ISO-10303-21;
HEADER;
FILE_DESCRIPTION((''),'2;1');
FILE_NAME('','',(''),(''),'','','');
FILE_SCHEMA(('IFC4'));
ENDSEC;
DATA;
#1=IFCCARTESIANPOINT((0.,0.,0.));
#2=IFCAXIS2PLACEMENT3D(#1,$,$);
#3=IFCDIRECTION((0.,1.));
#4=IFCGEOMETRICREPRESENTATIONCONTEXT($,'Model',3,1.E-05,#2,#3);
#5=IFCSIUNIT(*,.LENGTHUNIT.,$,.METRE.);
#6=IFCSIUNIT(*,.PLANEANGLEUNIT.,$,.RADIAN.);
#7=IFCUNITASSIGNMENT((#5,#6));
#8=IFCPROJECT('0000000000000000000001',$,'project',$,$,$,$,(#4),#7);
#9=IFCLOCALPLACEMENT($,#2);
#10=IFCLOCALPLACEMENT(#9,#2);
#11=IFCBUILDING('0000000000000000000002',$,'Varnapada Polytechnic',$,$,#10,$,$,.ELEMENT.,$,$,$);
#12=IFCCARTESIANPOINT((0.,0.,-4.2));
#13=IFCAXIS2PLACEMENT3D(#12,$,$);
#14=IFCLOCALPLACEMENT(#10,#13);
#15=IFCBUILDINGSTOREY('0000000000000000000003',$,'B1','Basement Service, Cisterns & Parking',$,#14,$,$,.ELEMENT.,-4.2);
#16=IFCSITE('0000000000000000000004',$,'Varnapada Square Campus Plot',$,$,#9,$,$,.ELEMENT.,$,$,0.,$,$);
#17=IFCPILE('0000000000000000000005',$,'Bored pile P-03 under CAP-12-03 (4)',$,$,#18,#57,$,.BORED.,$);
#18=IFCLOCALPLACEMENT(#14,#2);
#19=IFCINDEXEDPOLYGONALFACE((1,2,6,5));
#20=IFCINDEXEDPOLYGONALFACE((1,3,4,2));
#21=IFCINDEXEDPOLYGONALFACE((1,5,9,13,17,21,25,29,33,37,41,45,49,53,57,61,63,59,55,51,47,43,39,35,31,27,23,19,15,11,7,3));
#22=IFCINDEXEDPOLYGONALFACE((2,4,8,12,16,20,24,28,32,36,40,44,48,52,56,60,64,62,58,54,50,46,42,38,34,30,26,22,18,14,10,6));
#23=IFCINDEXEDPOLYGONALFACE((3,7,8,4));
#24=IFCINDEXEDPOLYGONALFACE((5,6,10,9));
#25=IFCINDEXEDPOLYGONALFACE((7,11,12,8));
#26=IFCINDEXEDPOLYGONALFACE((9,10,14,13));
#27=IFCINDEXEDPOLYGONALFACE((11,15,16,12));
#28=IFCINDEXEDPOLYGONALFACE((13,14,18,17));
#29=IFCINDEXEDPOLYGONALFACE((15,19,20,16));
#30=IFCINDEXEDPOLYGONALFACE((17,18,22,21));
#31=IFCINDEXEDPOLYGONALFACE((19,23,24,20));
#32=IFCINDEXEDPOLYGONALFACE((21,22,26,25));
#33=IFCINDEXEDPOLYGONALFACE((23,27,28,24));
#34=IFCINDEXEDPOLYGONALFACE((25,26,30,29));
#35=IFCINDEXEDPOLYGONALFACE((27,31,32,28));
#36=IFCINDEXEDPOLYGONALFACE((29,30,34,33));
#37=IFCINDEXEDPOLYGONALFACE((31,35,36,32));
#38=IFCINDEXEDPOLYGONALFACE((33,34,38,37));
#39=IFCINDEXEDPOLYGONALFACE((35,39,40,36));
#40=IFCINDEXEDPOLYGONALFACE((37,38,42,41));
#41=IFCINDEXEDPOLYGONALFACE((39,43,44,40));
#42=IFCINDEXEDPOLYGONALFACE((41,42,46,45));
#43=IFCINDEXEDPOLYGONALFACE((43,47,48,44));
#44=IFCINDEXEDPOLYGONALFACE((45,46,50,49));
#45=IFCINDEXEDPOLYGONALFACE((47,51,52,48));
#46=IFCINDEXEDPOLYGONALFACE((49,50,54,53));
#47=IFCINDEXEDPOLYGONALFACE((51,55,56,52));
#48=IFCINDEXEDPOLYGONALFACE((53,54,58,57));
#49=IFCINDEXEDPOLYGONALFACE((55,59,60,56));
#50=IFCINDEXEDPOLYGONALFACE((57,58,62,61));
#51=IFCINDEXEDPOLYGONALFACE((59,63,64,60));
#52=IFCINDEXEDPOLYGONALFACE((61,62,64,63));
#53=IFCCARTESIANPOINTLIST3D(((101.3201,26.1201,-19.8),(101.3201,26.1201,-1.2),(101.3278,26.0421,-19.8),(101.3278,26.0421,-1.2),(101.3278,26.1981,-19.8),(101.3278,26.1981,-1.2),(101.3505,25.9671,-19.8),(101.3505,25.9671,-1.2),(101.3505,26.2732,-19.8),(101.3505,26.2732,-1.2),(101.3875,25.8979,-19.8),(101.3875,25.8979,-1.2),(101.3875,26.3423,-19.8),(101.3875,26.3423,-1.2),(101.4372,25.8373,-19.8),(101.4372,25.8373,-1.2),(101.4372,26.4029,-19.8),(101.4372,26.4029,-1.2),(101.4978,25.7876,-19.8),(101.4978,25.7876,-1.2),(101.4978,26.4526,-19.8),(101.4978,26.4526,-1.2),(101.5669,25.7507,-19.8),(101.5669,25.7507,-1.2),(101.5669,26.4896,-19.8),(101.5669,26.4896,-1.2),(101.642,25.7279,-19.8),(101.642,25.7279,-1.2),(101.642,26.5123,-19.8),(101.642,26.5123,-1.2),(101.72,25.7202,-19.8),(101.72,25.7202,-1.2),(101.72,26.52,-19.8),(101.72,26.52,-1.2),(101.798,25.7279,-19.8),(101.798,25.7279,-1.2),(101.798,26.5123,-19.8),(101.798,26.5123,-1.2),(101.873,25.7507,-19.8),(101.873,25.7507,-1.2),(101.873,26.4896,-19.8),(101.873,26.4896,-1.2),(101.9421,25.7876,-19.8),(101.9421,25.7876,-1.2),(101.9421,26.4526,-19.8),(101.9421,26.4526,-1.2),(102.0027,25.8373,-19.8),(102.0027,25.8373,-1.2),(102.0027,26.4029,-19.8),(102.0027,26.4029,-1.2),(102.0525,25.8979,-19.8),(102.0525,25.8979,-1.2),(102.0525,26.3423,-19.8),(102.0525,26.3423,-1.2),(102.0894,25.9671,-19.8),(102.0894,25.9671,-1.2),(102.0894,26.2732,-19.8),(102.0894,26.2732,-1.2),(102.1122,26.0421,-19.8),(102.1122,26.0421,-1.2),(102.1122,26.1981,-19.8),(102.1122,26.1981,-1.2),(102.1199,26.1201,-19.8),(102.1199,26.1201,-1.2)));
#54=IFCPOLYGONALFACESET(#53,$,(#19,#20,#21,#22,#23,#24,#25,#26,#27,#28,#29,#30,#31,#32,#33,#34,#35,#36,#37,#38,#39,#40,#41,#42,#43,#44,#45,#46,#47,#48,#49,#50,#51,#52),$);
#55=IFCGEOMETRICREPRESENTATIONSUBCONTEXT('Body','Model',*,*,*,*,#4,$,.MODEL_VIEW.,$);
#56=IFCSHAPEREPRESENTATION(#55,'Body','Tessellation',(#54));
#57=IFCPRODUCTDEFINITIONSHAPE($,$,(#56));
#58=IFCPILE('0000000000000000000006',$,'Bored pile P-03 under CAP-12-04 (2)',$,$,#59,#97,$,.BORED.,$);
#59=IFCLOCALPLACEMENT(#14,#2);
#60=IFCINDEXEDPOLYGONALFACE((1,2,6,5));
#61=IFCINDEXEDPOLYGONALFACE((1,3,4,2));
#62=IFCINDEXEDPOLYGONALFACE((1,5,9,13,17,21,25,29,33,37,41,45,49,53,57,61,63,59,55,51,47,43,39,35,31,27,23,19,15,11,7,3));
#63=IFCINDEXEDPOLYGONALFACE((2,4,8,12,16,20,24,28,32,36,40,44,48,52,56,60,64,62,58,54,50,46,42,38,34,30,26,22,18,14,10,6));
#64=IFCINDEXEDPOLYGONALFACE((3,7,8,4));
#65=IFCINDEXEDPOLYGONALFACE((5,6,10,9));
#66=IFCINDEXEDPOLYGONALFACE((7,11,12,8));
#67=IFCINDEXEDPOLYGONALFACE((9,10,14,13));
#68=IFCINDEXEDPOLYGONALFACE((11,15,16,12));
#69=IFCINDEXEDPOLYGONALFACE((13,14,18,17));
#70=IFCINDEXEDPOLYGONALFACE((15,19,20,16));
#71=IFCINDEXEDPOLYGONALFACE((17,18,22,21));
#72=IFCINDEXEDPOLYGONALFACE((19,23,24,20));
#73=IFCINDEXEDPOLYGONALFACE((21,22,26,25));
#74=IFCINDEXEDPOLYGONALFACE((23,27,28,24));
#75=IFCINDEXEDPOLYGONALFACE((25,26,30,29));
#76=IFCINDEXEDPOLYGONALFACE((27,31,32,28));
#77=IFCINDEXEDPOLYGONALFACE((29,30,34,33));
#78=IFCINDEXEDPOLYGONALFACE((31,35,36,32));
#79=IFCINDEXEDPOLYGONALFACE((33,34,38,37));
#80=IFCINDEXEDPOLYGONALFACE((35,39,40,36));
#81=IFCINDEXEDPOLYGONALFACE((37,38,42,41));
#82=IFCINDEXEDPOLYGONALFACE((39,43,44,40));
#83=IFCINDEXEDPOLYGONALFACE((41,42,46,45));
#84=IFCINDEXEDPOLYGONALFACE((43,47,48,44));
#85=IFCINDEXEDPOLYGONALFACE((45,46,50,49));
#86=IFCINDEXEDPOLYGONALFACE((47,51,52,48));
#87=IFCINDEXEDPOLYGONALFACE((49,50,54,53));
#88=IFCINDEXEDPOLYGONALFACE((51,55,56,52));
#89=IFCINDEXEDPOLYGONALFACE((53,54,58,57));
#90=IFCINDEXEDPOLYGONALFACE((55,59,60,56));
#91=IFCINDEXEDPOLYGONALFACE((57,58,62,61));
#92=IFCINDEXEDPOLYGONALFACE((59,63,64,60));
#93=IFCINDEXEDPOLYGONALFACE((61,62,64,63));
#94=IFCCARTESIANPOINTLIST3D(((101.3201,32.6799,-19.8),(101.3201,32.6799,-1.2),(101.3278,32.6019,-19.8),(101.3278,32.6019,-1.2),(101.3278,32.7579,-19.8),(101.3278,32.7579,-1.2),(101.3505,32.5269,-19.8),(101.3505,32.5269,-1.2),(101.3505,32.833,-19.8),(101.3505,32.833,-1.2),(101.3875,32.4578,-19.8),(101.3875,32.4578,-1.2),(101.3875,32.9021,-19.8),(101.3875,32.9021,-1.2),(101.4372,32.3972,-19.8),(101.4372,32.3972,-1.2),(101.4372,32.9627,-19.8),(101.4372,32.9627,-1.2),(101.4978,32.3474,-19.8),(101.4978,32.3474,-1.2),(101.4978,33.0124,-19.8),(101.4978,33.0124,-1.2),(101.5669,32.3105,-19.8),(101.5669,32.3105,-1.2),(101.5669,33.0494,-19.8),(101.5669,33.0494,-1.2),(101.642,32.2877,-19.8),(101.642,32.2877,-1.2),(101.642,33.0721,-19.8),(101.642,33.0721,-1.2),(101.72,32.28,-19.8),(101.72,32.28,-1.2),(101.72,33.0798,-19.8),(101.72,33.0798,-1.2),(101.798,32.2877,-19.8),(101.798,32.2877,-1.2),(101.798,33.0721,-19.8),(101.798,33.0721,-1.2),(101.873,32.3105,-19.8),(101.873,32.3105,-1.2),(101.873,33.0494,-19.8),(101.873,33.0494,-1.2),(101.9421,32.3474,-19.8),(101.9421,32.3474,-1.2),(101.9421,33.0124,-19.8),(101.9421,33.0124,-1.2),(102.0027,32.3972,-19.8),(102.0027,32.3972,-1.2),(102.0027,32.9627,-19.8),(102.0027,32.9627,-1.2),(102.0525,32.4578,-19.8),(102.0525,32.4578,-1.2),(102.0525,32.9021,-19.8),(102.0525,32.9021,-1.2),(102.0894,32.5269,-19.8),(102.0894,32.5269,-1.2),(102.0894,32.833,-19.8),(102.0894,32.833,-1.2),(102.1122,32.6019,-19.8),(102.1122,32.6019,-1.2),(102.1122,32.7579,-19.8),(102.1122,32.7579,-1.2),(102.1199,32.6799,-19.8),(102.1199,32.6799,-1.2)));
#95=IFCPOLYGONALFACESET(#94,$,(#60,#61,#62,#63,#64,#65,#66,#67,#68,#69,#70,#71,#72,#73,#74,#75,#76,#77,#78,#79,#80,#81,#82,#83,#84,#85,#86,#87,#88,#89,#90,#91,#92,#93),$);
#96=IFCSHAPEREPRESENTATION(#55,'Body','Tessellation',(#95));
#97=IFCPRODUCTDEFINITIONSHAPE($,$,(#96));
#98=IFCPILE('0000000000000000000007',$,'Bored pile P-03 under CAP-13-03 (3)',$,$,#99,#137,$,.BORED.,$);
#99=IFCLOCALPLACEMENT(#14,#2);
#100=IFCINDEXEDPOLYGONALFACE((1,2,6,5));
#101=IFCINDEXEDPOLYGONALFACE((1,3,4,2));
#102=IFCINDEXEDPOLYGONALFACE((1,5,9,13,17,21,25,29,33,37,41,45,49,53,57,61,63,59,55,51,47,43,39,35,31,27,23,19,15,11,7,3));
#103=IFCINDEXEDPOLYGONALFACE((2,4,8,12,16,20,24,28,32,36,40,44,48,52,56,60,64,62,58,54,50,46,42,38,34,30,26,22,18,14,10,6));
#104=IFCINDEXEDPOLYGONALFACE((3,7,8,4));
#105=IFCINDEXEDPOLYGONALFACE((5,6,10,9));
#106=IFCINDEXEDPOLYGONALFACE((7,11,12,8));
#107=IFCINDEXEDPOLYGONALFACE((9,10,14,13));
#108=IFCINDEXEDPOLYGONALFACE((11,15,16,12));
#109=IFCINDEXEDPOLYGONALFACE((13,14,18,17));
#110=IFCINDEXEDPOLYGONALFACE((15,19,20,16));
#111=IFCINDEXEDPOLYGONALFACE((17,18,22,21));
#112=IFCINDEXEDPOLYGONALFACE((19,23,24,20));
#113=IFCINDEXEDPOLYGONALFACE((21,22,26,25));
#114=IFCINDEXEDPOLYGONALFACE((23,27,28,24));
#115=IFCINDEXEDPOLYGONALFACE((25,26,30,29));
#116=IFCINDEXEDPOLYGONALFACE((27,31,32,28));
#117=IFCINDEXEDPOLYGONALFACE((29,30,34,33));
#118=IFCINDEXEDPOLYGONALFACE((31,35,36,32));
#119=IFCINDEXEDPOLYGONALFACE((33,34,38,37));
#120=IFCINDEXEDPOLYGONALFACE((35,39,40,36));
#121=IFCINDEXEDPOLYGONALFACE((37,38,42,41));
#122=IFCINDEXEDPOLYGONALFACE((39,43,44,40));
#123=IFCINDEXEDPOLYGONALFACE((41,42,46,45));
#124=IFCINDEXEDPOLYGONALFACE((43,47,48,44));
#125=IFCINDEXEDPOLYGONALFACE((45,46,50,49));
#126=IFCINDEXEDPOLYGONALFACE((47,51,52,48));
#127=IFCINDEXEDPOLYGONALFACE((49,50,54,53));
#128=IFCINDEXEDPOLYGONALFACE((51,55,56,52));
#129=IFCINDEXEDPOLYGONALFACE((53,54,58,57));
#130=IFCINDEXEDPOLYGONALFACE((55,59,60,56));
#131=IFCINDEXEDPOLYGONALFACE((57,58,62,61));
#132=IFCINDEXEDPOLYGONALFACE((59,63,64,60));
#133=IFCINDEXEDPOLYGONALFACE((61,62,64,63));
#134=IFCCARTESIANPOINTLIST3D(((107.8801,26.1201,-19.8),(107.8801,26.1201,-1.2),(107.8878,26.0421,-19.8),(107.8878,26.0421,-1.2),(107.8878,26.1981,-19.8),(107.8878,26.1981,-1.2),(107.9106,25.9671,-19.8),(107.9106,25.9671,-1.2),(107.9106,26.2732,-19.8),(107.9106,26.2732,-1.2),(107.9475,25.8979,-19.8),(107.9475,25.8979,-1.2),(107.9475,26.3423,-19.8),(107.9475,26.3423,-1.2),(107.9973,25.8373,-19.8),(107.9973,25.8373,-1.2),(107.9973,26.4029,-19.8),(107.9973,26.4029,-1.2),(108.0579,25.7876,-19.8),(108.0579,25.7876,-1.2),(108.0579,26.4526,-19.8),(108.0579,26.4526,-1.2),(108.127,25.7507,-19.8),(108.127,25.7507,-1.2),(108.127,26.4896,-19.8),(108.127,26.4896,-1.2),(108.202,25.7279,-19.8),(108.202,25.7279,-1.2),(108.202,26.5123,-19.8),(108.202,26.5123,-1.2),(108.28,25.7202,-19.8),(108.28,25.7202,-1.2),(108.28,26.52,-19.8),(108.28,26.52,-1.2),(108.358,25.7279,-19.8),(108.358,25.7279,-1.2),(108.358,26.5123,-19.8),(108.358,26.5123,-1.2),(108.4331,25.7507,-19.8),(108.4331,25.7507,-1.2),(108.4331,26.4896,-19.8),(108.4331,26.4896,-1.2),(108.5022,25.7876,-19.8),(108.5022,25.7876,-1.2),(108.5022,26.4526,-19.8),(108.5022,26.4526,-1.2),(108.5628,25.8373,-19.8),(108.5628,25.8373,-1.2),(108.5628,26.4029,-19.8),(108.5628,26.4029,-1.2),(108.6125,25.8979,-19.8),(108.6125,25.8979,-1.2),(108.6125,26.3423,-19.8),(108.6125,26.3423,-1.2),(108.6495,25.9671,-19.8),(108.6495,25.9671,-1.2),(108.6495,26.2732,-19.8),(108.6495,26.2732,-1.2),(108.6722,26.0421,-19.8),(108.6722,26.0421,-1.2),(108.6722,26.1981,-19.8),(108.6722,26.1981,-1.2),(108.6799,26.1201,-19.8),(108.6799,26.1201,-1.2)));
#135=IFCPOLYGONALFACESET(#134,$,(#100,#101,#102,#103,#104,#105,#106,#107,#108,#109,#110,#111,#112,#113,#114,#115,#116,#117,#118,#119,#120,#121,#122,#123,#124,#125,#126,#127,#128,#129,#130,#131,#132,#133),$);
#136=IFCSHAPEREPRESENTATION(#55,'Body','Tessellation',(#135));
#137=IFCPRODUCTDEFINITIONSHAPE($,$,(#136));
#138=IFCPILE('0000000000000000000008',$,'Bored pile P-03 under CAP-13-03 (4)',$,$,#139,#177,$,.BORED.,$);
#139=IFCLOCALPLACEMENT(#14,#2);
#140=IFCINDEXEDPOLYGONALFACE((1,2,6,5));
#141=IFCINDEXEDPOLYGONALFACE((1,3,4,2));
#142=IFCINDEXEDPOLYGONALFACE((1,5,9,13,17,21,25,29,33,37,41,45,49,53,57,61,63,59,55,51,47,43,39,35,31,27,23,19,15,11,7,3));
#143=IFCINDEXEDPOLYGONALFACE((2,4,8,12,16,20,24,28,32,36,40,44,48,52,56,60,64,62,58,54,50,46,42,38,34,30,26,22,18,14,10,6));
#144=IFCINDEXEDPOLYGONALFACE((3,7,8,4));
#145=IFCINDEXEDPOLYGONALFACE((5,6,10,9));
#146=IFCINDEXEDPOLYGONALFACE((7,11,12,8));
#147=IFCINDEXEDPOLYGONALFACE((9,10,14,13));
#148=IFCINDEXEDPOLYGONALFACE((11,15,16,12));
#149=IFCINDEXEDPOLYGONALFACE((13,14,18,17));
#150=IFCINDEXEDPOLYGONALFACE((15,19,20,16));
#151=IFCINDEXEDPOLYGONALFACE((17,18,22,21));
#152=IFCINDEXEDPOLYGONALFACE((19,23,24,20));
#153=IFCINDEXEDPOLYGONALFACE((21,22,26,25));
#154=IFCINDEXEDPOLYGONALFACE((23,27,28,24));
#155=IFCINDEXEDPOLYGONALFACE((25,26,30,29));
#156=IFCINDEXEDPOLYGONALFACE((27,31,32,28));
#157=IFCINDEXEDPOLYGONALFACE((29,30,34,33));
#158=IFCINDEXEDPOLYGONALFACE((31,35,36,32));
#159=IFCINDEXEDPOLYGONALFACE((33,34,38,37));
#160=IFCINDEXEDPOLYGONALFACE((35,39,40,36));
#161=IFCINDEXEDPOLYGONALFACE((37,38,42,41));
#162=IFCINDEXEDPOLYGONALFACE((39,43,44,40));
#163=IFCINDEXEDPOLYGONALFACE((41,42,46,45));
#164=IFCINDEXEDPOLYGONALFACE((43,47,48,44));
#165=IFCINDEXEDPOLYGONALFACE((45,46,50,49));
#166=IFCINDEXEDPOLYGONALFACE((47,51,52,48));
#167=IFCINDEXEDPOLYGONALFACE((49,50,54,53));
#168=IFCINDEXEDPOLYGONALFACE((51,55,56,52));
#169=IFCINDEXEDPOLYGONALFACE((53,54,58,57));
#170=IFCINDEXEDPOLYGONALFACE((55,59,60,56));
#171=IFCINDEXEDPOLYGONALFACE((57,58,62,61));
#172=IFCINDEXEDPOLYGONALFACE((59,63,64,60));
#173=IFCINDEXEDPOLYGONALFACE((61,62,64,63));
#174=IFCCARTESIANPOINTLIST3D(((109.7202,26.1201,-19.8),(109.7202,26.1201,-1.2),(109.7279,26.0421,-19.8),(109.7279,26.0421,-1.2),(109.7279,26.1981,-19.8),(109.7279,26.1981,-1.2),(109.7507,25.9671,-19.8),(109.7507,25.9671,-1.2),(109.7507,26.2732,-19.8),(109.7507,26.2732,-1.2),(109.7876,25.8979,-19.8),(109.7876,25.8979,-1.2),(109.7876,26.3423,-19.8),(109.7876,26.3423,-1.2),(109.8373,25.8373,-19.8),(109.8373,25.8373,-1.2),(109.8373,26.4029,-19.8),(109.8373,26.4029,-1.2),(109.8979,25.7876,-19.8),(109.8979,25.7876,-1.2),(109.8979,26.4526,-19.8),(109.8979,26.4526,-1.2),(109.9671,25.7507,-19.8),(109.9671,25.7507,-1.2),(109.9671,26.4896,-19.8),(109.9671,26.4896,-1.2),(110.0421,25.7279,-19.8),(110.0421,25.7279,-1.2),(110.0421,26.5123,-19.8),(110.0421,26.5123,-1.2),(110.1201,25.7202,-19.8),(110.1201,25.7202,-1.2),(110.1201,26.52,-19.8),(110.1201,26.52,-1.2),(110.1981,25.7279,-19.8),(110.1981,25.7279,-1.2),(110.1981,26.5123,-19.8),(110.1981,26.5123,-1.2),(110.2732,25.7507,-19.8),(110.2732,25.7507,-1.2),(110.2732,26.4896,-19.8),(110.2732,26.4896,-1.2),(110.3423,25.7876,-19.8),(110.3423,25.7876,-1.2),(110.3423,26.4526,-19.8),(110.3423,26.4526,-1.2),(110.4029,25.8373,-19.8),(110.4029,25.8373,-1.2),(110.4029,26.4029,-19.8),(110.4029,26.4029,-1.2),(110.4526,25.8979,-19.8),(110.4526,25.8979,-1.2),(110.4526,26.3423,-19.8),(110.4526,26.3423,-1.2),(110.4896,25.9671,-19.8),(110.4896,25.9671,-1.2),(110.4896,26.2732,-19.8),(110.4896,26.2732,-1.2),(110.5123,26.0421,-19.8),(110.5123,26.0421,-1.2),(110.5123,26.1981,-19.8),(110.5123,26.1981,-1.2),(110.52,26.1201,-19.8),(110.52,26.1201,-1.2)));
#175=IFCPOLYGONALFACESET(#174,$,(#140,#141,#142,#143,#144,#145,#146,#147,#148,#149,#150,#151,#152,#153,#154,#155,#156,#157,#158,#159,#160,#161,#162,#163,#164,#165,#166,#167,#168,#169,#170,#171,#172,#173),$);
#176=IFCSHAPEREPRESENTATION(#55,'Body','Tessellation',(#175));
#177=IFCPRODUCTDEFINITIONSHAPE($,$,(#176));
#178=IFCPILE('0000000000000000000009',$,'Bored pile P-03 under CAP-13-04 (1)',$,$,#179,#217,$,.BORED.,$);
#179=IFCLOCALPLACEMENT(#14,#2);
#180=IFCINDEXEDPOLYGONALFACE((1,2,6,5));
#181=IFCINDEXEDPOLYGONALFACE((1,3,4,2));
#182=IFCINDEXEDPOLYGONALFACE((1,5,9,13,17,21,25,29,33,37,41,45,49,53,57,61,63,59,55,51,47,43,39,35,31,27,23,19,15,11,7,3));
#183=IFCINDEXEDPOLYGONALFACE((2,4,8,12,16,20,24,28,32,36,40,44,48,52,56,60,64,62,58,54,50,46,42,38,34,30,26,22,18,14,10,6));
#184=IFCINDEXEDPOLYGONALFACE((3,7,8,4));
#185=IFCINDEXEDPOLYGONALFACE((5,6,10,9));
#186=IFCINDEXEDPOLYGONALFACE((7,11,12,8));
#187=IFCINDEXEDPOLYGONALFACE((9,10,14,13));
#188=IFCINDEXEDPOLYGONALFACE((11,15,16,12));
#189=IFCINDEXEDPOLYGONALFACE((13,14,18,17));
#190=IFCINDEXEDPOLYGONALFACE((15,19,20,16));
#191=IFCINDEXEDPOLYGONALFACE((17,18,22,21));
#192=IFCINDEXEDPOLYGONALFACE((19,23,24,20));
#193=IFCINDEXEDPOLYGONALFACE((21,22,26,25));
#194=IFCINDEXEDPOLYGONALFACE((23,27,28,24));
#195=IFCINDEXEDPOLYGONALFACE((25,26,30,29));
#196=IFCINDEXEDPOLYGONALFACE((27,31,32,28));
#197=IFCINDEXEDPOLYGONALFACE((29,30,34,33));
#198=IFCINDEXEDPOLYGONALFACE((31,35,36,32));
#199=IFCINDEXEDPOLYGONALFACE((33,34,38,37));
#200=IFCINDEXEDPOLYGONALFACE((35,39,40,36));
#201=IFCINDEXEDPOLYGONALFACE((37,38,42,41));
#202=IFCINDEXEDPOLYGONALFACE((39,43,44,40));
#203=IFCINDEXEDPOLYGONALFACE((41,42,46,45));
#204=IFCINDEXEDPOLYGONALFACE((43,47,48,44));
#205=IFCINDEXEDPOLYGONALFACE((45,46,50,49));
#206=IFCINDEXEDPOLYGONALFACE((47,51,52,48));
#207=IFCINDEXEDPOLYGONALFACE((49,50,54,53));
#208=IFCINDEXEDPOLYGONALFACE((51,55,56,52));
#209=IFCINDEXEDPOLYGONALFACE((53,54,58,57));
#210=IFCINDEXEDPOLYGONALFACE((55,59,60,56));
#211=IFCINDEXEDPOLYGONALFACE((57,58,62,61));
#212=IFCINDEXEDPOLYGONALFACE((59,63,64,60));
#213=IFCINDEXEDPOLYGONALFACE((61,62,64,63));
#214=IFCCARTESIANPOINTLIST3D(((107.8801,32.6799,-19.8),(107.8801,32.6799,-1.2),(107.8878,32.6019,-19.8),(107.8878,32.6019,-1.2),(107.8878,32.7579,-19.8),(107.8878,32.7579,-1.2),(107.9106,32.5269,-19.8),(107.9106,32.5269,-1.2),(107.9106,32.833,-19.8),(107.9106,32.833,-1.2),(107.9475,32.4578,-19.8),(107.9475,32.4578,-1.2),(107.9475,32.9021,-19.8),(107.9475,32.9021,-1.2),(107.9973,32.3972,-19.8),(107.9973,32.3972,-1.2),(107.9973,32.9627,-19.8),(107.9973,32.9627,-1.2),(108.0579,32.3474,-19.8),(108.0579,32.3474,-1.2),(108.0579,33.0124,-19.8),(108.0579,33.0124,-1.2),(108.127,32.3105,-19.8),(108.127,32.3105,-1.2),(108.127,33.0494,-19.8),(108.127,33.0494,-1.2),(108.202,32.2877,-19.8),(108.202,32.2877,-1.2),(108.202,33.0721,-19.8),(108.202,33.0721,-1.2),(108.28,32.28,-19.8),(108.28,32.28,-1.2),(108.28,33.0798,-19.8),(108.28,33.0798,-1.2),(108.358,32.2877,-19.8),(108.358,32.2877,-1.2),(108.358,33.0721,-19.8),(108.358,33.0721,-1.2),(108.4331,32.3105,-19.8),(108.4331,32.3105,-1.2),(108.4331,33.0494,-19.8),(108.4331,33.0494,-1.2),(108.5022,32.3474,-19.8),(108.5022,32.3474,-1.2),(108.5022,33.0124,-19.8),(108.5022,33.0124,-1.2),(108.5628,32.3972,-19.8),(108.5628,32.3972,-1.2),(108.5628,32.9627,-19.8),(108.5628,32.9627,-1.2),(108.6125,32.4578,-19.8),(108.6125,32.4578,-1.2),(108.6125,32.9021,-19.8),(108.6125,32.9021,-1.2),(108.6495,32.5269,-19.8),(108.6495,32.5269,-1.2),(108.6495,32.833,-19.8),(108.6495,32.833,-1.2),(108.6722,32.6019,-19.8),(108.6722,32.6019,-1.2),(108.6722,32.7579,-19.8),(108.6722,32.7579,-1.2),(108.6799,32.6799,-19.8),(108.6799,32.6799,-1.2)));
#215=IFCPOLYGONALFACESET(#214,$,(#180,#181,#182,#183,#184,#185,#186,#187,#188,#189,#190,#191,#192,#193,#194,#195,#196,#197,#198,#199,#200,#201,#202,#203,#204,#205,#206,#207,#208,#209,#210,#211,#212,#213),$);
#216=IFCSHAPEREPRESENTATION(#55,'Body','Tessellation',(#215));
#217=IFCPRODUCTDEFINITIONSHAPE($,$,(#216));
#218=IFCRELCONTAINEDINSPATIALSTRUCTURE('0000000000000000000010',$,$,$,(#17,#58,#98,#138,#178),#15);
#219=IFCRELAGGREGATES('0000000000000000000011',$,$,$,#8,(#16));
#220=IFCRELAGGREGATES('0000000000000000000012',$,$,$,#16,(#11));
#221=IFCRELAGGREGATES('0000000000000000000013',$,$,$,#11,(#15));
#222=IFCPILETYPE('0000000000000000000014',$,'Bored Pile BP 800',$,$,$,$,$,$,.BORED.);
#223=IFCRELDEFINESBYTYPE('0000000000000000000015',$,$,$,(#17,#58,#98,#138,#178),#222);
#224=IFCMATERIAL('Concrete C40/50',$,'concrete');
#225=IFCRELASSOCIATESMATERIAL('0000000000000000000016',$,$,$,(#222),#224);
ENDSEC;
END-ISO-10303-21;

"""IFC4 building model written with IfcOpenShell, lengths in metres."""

from ifc_helpers import new_model, si_unit, direction, frame, origin, origin_2d, place, context, subcontext, project, spatial, circle, extrude, material, material_profile, profile_set, type_object, element, save


model = new_model("IFC4")

# Units and contexts
model_context = context("Model", 3, precision=1e-05, world=origin(), true_north=direction((0.0, 1.0)))
body_context = subcontext(model_context, "Body", "Model", "MODEL_VIEW")
ifc_project = project(units=[si_unit("LENGTHUNIT", "METRE"), si_unit("PLANEANGLEUNIT", "RADIAN")], contexts=[model_context])

# Site, building, storey
site_placement = place(None, origin())
site = spatial("IfcSite", under=ifc_project, at=site_placement, Name="Varnapada Square Campus Plot", CompositionType="ELEMENT", RefElevation=0.0)
building_placement = place(site_placement, origin())
building = spatial("IfcBuilding", under=site, at=building_placement, Name="Varnapada Polytechnic", CompositionType="ELEMENT")
storey_placement = place(building_placement, frame((0.0, 0.0, -4.2)))
storey = spatial("IfcBuildingStorey", under=building, at=storey_placement, Name="B1", Description="Basement Service, Cisterns & Parking", CompositionType="ELEMENT", Elevation=-4.2)

# Piles
ifc_material_1 = material(Name="Concrete C40/50", Category="concrete")
ifc_material_profile_1 = material_profile(ifc_material_1, circle(Radius=0.3999, at=origin_2d()), Name="BP 800")
ifc_profile_set_1 = profile_set([ifc_material_profile_1], Name="Concrete C40/50")
pile_type = type_object("IfcPileType", Name="Bored Pile BP 800", PredefinedType="BORED", material=ifc_profile_set_1)
for number, where, z_axis, x_axis, name in (
    (1, (101.72, 26.1201, -1.2), (0.0, 0.0, -1.0), (1.0, 0.0, 0.0), "Bored pile P-03 under CAP-12-03 (4)"),
    (2, (101.72, 32.6799, -1.2), (0.0, 0.0, -1.0), (1.0, 0.0, 0.0), "Bored pile P-03 under CAP-12-04 (2)"),
    (3, (108.28, 26.1201, -1.2), (0.0, 0.0, -1.0), (1.0, 0.0, 0.0), "Bored pile P-03 under CAP-13-03 (3)"),
    (4, (110.1201, 26.1201, -1.2), (0.0, 0.0, -1.0), (1.0, 0.0, 0.0), "Bored pile P-03 under CAP-13-03 (4)"),
    (5, (108.28, 32.6799, -1.2), (0.0, 0.0, -1.0), (1.0, 0.0, 0.0), "Bored pile P-03 under CAP-13-04 (1)"),
):
    element("IfcPile", number, at=place(storey_placement, frame(where, z_axis=z_axis, x_axis=x_axis)), inside=storey, type_object=pile_type, Name=name, PredefinedType="BORED", context=body_context, shape_type="SweptSolid", body=[
        extrude(circle(Radius=0.3999, at=origin_2d()), origin(), (0.0, 0.0, 1.0), 18.6001),
    ])

save(model, "model.ifc")
